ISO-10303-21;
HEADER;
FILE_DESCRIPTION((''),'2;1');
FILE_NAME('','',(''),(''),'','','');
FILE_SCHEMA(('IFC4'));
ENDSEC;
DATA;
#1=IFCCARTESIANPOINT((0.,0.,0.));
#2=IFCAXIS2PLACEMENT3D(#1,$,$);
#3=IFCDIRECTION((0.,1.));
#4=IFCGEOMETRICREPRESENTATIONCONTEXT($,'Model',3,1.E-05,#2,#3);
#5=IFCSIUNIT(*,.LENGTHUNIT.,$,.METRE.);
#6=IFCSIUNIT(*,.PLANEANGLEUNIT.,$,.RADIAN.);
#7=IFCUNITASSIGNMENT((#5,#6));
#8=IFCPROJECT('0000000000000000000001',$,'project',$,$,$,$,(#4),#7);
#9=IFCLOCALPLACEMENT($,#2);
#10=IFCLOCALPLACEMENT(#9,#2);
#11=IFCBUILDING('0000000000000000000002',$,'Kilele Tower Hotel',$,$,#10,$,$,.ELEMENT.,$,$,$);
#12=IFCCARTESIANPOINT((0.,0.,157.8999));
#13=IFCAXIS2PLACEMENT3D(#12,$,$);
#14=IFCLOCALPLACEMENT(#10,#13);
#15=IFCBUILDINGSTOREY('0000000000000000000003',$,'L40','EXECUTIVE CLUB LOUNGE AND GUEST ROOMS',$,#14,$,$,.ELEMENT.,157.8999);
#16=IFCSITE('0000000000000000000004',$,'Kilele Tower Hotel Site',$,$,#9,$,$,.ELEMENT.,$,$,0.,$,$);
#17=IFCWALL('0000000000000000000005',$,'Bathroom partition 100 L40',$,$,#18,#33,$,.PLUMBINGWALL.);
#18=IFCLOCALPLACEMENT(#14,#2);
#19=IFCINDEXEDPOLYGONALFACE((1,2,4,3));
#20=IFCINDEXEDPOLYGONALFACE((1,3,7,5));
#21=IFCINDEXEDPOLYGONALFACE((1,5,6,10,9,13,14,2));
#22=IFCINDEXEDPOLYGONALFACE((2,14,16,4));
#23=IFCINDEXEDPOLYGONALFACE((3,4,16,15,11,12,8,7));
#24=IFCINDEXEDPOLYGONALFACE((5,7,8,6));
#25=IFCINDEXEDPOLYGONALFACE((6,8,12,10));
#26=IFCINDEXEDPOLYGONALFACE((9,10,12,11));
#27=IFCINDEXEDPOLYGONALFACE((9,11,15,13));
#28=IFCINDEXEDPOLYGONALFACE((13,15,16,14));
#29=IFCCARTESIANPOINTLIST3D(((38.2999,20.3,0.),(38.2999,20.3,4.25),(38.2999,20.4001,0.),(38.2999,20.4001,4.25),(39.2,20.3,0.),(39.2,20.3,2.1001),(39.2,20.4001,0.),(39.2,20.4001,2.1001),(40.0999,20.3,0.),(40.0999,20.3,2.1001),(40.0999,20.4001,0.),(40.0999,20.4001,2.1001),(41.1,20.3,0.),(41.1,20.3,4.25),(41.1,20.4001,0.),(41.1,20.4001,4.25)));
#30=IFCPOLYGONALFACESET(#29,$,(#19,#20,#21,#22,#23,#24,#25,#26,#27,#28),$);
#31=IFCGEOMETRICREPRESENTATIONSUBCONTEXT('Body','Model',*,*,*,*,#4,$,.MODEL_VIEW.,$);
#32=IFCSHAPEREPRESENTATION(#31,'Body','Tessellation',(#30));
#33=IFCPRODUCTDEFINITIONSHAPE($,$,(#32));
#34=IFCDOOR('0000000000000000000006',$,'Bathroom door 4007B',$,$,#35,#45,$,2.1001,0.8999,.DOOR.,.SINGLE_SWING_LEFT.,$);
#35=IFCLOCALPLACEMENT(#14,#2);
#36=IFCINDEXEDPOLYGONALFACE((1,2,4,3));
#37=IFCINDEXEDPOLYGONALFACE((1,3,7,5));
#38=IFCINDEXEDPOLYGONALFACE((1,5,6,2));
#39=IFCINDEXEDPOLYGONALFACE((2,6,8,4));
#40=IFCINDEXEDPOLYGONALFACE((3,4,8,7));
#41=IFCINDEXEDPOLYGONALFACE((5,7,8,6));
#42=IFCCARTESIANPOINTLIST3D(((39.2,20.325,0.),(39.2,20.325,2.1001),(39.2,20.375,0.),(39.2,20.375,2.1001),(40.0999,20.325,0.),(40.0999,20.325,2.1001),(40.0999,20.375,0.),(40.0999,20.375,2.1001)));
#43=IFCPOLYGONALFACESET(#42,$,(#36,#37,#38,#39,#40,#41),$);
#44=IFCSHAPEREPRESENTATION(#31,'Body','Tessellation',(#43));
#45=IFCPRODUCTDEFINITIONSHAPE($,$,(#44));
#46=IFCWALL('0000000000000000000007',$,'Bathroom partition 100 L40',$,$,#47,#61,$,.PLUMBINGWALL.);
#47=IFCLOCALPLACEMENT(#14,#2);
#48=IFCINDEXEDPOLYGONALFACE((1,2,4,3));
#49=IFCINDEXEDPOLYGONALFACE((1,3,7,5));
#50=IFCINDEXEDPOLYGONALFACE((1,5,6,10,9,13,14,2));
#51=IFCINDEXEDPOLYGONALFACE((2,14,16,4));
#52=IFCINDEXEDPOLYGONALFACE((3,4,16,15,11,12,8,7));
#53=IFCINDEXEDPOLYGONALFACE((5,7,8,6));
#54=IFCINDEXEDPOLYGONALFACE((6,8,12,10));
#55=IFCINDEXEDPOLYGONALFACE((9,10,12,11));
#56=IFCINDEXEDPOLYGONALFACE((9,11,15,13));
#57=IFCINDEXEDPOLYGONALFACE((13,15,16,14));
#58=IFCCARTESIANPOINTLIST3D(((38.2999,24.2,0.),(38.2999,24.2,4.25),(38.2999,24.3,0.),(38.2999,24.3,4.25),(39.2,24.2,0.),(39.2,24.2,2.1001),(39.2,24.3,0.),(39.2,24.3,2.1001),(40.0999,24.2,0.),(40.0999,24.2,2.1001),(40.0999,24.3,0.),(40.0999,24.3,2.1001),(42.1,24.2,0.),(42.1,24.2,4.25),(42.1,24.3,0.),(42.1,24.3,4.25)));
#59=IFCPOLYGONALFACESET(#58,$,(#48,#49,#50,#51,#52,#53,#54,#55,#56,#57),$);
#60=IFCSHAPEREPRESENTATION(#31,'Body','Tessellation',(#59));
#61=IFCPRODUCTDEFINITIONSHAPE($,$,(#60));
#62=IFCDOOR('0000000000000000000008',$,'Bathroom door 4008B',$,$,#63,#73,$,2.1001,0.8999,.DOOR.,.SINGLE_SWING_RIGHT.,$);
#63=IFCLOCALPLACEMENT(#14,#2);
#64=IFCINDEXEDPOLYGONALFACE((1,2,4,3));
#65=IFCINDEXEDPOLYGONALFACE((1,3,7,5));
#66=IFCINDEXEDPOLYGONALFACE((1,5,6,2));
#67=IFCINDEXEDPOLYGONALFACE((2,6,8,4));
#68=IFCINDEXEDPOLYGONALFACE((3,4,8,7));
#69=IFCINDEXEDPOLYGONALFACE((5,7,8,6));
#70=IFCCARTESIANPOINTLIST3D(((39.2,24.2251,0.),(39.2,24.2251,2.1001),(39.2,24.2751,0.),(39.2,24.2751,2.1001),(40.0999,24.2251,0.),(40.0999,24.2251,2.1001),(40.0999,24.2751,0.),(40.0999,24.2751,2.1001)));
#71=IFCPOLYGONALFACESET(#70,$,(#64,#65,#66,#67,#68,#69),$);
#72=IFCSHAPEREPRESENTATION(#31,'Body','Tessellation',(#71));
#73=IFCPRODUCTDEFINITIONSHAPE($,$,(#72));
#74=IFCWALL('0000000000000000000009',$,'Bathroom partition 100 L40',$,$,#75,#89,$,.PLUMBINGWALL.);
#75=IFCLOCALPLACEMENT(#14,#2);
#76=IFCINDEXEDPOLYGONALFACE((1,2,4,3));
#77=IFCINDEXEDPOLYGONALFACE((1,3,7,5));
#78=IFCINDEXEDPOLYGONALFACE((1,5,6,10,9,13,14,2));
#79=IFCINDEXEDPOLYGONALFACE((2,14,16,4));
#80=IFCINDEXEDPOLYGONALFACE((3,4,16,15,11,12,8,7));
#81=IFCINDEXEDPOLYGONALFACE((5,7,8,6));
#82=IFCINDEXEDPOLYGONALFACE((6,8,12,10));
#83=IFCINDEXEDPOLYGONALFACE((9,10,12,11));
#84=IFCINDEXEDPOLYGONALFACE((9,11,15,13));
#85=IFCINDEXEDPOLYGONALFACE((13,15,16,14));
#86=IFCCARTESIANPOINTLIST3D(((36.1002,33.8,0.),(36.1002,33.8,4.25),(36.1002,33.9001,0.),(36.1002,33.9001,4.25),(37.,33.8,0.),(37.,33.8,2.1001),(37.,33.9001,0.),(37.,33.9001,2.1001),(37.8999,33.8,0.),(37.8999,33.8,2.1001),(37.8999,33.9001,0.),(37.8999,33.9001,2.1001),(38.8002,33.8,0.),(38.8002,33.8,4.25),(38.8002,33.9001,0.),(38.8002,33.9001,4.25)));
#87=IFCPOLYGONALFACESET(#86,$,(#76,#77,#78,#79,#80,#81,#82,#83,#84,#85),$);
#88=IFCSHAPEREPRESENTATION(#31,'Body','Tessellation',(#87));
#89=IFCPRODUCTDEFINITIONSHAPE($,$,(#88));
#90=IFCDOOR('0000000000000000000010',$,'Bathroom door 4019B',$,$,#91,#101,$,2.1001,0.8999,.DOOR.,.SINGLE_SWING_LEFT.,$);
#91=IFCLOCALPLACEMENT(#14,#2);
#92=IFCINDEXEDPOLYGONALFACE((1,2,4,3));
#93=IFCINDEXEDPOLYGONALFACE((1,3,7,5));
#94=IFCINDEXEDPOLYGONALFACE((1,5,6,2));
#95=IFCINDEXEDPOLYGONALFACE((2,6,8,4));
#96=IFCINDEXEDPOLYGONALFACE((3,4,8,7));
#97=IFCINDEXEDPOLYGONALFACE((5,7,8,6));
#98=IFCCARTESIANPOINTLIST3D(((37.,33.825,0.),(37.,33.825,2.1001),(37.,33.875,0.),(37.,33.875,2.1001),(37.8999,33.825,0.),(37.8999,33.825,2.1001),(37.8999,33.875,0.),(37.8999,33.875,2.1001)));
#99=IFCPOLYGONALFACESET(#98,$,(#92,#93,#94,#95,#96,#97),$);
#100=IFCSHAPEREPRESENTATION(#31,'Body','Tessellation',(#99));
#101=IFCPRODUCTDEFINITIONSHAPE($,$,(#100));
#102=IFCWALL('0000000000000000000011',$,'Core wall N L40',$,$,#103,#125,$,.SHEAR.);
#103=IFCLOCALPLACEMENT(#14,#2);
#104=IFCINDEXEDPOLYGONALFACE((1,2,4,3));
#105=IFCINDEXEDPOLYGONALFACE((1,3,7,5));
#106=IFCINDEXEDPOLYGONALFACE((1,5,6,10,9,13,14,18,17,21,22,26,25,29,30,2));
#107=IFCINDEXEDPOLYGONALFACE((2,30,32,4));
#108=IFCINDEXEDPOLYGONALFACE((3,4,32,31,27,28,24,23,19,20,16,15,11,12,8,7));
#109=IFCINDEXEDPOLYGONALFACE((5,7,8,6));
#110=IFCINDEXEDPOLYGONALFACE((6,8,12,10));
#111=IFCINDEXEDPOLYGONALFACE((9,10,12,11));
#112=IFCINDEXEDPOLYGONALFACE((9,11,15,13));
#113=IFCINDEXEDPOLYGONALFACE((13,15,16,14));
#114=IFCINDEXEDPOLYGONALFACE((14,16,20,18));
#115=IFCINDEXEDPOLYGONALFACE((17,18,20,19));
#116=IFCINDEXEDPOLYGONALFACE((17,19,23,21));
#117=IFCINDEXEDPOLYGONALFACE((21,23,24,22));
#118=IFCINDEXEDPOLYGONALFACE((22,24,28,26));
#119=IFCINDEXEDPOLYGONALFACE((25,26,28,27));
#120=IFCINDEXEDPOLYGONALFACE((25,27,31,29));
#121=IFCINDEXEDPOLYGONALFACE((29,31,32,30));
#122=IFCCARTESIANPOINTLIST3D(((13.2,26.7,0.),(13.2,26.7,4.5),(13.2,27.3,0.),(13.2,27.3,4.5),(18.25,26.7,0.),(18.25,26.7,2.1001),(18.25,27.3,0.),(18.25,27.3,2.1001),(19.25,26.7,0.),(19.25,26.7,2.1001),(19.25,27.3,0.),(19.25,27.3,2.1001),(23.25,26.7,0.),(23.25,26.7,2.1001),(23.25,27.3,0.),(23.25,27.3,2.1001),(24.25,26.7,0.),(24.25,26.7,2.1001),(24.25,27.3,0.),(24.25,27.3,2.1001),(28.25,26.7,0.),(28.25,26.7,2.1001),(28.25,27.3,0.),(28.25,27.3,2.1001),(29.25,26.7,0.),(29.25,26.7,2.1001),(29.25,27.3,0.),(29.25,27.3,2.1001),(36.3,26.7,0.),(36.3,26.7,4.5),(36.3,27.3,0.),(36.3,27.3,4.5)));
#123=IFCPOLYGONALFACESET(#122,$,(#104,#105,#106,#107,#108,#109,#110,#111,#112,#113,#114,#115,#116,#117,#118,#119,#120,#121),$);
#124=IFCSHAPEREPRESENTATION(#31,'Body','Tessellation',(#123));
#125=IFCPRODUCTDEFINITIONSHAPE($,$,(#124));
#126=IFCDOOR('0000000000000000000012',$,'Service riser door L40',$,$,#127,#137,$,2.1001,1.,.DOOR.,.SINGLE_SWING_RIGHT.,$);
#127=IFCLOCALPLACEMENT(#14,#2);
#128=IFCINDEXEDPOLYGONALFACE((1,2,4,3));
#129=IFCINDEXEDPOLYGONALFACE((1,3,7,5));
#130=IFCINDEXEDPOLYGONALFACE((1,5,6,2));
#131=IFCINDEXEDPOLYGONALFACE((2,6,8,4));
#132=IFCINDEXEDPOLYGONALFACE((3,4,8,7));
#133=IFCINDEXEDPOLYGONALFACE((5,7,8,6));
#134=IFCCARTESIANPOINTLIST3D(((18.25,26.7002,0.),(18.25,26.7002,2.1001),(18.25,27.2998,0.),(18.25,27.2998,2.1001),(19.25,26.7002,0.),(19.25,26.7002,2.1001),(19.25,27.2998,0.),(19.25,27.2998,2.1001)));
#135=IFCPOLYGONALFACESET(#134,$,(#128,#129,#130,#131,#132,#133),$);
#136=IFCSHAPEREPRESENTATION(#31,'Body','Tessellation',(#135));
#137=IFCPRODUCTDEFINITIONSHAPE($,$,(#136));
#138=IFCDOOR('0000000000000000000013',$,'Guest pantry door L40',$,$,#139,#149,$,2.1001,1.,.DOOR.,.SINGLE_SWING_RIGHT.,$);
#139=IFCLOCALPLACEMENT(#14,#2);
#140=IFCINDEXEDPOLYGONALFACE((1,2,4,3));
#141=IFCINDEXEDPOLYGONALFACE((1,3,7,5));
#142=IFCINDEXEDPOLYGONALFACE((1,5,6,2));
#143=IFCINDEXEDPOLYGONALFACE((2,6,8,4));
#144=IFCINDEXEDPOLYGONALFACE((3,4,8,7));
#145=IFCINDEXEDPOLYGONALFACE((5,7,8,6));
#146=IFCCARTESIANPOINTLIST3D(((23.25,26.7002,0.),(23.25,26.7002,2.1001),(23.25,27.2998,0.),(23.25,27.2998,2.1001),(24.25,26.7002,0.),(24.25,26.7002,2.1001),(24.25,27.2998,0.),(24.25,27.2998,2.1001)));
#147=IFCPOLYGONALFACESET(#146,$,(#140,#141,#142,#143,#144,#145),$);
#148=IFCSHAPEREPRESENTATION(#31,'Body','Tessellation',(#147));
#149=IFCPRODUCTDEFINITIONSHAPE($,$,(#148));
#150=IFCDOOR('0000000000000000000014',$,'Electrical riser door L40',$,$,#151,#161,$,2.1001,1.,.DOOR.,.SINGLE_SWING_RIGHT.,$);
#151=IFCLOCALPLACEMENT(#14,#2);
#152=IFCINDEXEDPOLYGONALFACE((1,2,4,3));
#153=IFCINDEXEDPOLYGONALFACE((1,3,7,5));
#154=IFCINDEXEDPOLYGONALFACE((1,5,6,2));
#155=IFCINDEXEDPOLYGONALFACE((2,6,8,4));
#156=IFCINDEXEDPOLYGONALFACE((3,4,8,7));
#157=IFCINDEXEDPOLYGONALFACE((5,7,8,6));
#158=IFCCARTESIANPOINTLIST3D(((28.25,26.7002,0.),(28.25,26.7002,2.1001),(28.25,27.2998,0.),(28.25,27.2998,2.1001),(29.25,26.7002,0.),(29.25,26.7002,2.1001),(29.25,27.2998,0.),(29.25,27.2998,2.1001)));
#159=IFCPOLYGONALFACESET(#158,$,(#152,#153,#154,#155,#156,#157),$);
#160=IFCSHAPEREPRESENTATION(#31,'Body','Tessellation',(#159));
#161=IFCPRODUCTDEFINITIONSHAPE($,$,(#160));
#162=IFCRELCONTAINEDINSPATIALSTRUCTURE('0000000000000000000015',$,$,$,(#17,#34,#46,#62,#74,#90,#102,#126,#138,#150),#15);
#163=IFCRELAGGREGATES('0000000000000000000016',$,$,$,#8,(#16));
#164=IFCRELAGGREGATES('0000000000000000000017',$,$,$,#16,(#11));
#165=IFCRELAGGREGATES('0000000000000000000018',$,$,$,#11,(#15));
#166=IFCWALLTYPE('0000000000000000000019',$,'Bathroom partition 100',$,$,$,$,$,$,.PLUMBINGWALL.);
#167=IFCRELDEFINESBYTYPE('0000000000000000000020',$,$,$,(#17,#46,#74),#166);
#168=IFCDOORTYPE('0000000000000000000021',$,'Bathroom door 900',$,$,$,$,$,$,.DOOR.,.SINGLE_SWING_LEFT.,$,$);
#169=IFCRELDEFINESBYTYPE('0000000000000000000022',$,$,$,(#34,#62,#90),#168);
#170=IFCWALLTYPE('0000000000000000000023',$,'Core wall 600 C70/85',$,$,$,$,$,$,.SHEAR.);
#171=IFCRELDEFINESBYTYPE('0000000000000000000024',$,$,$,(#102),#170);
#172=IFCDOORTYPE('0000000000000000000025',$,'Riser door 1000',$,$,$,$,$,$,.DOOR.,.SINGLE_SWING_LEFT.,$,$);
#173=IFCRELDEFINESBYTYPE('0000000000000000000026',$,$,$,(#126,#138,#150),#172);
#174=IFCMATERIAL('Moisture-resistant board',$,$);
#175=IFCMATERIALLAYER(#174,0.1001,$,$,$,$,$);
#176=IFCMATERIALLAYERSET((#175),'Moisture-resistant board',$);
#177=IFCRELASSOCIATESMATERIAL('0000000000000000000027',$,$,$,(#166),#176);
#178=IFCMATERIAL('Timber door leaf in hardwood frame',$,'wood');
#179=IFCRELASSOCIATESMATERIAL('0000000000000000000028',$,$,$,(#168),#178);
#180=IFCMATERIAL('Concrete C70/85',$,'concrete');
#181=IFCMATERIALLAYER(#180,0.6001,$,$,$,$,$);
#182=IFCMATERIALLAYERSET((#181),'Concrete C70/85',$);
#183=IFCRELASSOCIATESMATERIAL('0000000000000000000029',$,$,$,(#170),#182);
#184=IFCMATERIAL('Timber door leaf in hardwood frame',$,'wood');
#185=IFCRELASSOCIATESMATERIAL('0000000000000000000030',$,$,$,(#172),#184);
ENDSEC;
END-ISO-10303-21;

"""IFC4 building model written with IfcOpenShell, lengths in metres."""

from ifc_helpers import new_model, si_unit, direction, frame, frame_2d, origin, place, context, subcontext, project, spatial, rectangle, extrude, material, layer, layer_set, type_object, element, fill, save


model = new_model("IFC4")

# Units and contexts
model_context = context("Model", 3, precision=1e-05, world=origin(), true_north=direction((0.0, 1.0)))
body_context = subcontext(model_context, "Body", "Model", "MODEL_VIEW")
ifc_project = project(units=[si_unit("LENGTHUNIT", "METRE"), si_unit("PLANEANGLEUNIT", "RADIAN")], contexts=[model_context])

# Site, building, storey
site_placement = place(None, origin())
site = spatial("IfcSite", under=ifc_project, at=site_placement, Name="Kilele Tower Hotel Site", CompositionType="ELEMENT", RefElevation=0.0)
building_placement = place(site_placement, origin())
building = spatial("IfcBuilding", under=site, at=building_placement, Name="Kilele Tower Hotel", CompositionType="ELEMENT")
storey_placement = place(building_placement, frame((0.0, 0.0, 157.8999)))
storey = spatial("IfcBuildingStorey", under=building, at=storey_placement, Name="L40", Description="EXECUTIVE CLUB LOUNGE AND GUEST ROOMS", CompositionType="ELEMENT", Elevation=157.8999)

# Walls, openings, doors
ifc_material_1 = material(Name="Moisture-resistant board")
ifc_layer_1 = layer(ifc_material_1, 0.1001)
ifc_layer_set_1 = layer_set([ifc_layer_1], Name="Moisture-resistant board")
wall_type_1 = type_object("IfcWallType", Name="Bathroom partition 100", PredefinedType="PLUMBINGWALL", material=ifc_layer_set_1)
wall_1_placement = place(storey_placement, frame((38.3, 20.3501, 0.0), z_axis=(0.0, 0.0, 1.0), x_axis=(1.0, 0.0, 0.0)))
wall_1 = element("IfcWall", 1, at=wall_1_placement, inside=storey, type_object=wall_type_1, Name="Bathroom partition 100 L40", PredefinedType="PLUMBINGWALL", context=body_context, shape_type="SweptSolid", body=[
    extrude(rectangle(XDim=2.8, YDim=0.1001, at=frame_2d((1.3999, 0.0))), origin(), (0.0, 0.0, 1.0), 4.25),
])
opening_1_placement = place(wall_1_placement, frame((0.8999, 0.0, 0.0)))
opening_1 = element("IfcOpeningElement", 2, at=opening_1_placement, cuts=wall_1, PredefinedType="OPENING", context=body_context, shape_type="SweptSolid", body=[
    extrude(rectangle(XDim=0.8999, YDim=2.1001, at=frame_2d((0.45, 1.05))), frame((0.0, 0.0601, 0.0), z_axis=(0.0, -1.0, 0.0), x_axis=(1.0, 0.0, 0.0)), (0.0, 0.0, 1.0), 0.1201),
])
ifc_material_2 = material(Name="Timber door leaf in hardwood frame", Category="wood")
door_type_1 = type_object("IfcDoorType", Name="Bathroom door 900", OperationType="SINGLE_SWING_LEFT", PredefinedType="DOOR", material=ifc_material_2)
door_1_placement = place(opening_1_placement, origin())
door_1 = element("IfcDoor", 3, at=door_1_placement, inside=storey, type_object=door_type_1, Name="Bathroom door 4007B", OperationType="SINGLE_SWING_LEFT", OverallHeight=2.1001, OverallWidth=0.8999, PredefinedType="DOOR", context=body_context, shape_type="SweptSolid", body=[
    extrude(rectangle(XDim=0.8999, YDim=2.1001, at=frame_2d((0.45, 1.05))), frame((0.0, 0.0249, 0.0), z_axis=(0.0, -1.0, 0.0), x_axis=(1.0, 0.0, 0.0)), (0.0, 0.0, 1.0), 0.05),
])
fill(opening_1, door_1)
wall_2_placement = place(storey_placement, frame((38.3, 24.25, 0.0), z_axis=(0.0, 0.0, 1.0), x_axis=(1.0, 0.0, 0.0)))
wall_2 = element("IfcWall", 4, at=wall_2_placement, inside=storey, type_object=wall_type_1, Name="Bathroom partition 100 L40", PredefinedType="PLUMBINGWALL", context=body_context, shape_type="SweptSolid", body=[
    extrude(rectangle(XDim=3.8, YDim=0.1001, at=frame_2d((1.8999, 0.0))), origin(), (0.0, 0.0, 1.0), 4.25),
])
opening_2_placement = place(wall_2_placement, frame((1.7998, 0.0, 0.0), z_axis=(0.0, 0.0, 1.0), x_axis=(-1.0, 0.0, 0.0)))
opening_2 = element("IfcOpeningElement", 5, at=opening_2_placement, cuts=wall_2, PredefinedType="OPENING", context=body_context, shape_type="SweptSolid", body=[
    extrude(rectangle(XDim=0.8999, YDim=2.1001, at=frame_2d((0.45, 1.05))), frame((0.0, 0.0601, 0.0), z_axis=(0.0, -1.0, 0.0), x_axis=(1.0, 0.0, 0.0)), (0.0, 0.0, 1.0), 0.1201),
])
door_2_placement = place(opening_2_placement, origin())
door_2 = element("IfcDoor", 6, at=door_2_placement, inside=storey, type_object=door_type_1, Name="Bathroom door 4008B", OperationType="SINGLE_SWING_RIGHT", OverallHeight=2.1001, OverallWidth=0.8999, PredefinedType="DOOR", context=body_context, shape_type="SweptSolid", body=[
    extrude(rectangle(XDim=0.8999, YDim=2.1001, at=frame_2d((0.45, 1.05))), frame((0.0, 0.0249, 0.0), z_axis=(0.0, -1.0, 0.0), x_axis=(1.0, 0.0, 0.0)), (0.0, 0.0, 1.0), 0.05),
])
fill(opening_2, door_2)
wall_3_placement = place(storey_placement, frame((36.1001, 33.8501, 0.0), z_axis=(0.0, 0.0, 1.0), x_axis=(1.0, 0.0, 0.0)))
wall_3 = element("IfcWall", 7, at=wall_3_placement, inside=storey, type_object=wall_type_1, Name="Bathroom partition 100 L40", PredefinedType="PLUMBINGWALL", context=body_context, shape_type="SweptSolid", body=[
    extrude(rectangle(XDim=2.7, YDim=0.1001, at=frame_2d((1.3501, 0.0))), origin(), (0.0, 0.0, 1.0), 4.25),
])
opening_3_placement = place(wall_3_placement, frame((0.8999, 0.0, 0.0)))
opening_3 = element("IfcOpeningElement", 8, at=opening_3_placement, cuts=wall_3, PredefinedType="OPENING", context=body_context, shape_type="SweptSolid", body=[
    extrude(rectangle(XDim=0.8999, YDim=2.1001, at=frame_2d((0.45, 1.05))), frame((0.0, 0.0601, 0.0), z_axis=(0.0, -1.0, 0.0), x_axis=(1.0, 0.0, 0.0)), (0.0, 0.0, 1.0), 0.1201),
])
door_3_placement = place(opening_3_placement, origin())
door_3 = element("IfcDoor", 9, at=door_3_placement, inside=storey, type_object=door_type_1, Name="Bathroom door 4019B", OperationType="SINGLE_SWING_LEFT", OverallHeight=2.1001, OverallWidth=0.8999, PredefinedType="DOOR", context=body_context, shape_type="SweptSolid", body=[
    extrude(rectangle(XDim=0.8999, YDim=2.1001, at=frame_2d((0.45, 1.05))), frame((0.0, 0.0249, 0.0), z_axis=(0.0, -1.0, 0.0), x_axis=(1.0, 0.0, 0.0)), (0.0, 0.0, 1.0), 0.05),
])
fill(opening_3, door_3)

# Wall, openings, doors
ifc_material_3 = material(Name="Concrete C70/85", Category="concrete")
ifc_layer_2 = layer(ifc_material_3, 0.6001)
ifc_layer_set_2 = layer_set([ifc_layer_2], Name="Concrete C70/85")
wall_type_2 = type_object("IfcWallType", Name="Core wall 600 C70/85", PredefinedType="SHEAR", material=ifc_layer_set_2)
wall_4_placement = place(storey_placement, frame((36.3, 27.0, 0.0), z_axis=(0.0, 0.0, 1.0), x_axis=(-1.0, 0.0, 0.0)))
wall_4 = element("IfcWall", 10, at=wall_4_placement, inside=storey, type_object=wall_type_2, Name="Core wall N L40", PredefinedType="SHEAR", context=body_context, shape_type="SweptSolid", body=[
    extrude(rectangle(XDim=23.1001, YDim=0.6001, at=frame_2d((11.55, 0.0))), origin(), (0.0, 0.0, 1.0), 4.5),
])
opening_4_placement = place(wall_4_placement, frame((17.05, 0.0, 0.0)))
opening_4 = element("IfcOpeningElement", 11, at=opening_4_placement, cuts=wall_4, PredefinedType="OPENING", context=body_context, shape_type="SweptSolid", body=[
    extrude(rectangle(XDim=1.0, YDim=2.1001, at=frame_2d((0.5, 1.05))), frame((0.0, 0.3101, 0.0), z_axis=(0.0, -1.0, 0.0), x_axis=(1.0, 0.0, 0.0)), (0.0, 0.0, 1.0), 0.6201),
])
opening_5_placement = place(wall_4_placement, frame((12.05, 0.0, 0.0)))
opening_5 = element("IfcOpeningElement", 12, at=opening_5_placement, cuts=wall_4, PredefinedType="OPENING", context=body_context, shape_type="SweptSolid", body=[
    extrude(rectangle(XDim=1.0, YDim=2.1001, at=frame_2d((0.5, 1.05))), frame((0.0, 0.3101, 0.0), z_axis=(0.0, -1.0, 0.0), x_axis=(1.0, 0.0, 0.0)), (0.0, 0.0, 1.0), 0.6201),
])
opening_6_placement = place(wall_4_placement, frame((7.05, 0.0, 0.0)))
opening_6 = element("IfcOpeningElement", 13, at=opening_6_placement, cuts=wall_4, PredefinedType="OPENING", context=body_context, shape_type="SweptSolid", body=[
    extrude(rectangle(XDim=1.0, YDim=2.1001, at=frame_2d((0.5, 1.05))), frame((0.0, 0.3101, 0.0), z_axis=(0.0, -1.0, 0.0), x_axis=(1.0, 0.0, 0.0)), (0.0, 0.0, 1.0), 0.6201),
])
ifc_material_4 = material(Name="Timber door leaf in hardwood frame", Category="wood")
door_type_2 = type_object("IfcDoorType", Name="Riser door 1000", OperationType="SINGLE_SWING_LEFT", PredefinedType="DOOR", material=ifc_material_4)
door_4_placement = place(opening_4_placement, origin())
door_4 = element("IfcDoor", 14, at=door_4_placement, inside=storey, type_object=door_type_2, Name="Service riser door L40", OperationType="SINGLE_SWING_RIGHT", OverallHeight=2.1001, OverallWidth=1.0, PredefinedType="DOOR", context=body_context, shape_type="SweptSolid", body=[
    extrude(rectangle(XDim=1.0, YDim=2.1001, at=frame_2d((0.5, 1.05))), frame((0.0, 0.2998, 0.0), z_axis=(0.0, -1.0, 0.0), x_axis=(1.0, 0.0, 0.0)), (0.0, 0.0, 1.0), 0.5996),
])
fill(opening_4, door_4)
door_5_placement = place(opening_5_placement, origin())
door_5 = element("IfcDoor", 15, at=door_5_placement, inside=storey, type_object=door_type_2, Name="Guest pantry door L40", OperationType="SINGLE_SWING_RIGHT", OverallHeight=2.1001, OverallWidth=1.0, PredefinedType="DOOR", context=body_context, shape_type="SweptSolid", body=[
    extrude(rectangle(XDim=1.0, YDim=2.1001, at=frame_2d((0.5, 1.05))), frame((0.0, 0.2998, 0.0), z_axis=(0.0, -1.0, 0.0), x_axis=(1.0, 0.0, 0.0)), (0.0, 0.0, 1.0), 0.5996),
])
fill(opening_5, door_5)
door_6_placement = place(opening_6_placement, origin())
door_6 = element("IfcDoor", 16, at=door_6_placement, inside=storey, type_object=door_type_2, Name="Electrical riser door L40", OperationType="SINGLE_SWING_RIGHT", OverallHeight=2.1001, OverallWidth=1.0, PredefinedType="DOOR", context=body_context, shape_type="SweptSolid", body=[
    extrude(rectangle(XDim=1.0, YDim=2.1001, at=frame_2d((0.5, 1.05))), frame((0.0, 0.2998, 0.0), z_axis=(0.0, -1.0, 0.0), x_axis=(1.0, 0.0, 0.0)), (0.0, 0.0, 1.0), 0.5996),
])
fill(opening_6, door_6)

save(model, "model.ifc")
